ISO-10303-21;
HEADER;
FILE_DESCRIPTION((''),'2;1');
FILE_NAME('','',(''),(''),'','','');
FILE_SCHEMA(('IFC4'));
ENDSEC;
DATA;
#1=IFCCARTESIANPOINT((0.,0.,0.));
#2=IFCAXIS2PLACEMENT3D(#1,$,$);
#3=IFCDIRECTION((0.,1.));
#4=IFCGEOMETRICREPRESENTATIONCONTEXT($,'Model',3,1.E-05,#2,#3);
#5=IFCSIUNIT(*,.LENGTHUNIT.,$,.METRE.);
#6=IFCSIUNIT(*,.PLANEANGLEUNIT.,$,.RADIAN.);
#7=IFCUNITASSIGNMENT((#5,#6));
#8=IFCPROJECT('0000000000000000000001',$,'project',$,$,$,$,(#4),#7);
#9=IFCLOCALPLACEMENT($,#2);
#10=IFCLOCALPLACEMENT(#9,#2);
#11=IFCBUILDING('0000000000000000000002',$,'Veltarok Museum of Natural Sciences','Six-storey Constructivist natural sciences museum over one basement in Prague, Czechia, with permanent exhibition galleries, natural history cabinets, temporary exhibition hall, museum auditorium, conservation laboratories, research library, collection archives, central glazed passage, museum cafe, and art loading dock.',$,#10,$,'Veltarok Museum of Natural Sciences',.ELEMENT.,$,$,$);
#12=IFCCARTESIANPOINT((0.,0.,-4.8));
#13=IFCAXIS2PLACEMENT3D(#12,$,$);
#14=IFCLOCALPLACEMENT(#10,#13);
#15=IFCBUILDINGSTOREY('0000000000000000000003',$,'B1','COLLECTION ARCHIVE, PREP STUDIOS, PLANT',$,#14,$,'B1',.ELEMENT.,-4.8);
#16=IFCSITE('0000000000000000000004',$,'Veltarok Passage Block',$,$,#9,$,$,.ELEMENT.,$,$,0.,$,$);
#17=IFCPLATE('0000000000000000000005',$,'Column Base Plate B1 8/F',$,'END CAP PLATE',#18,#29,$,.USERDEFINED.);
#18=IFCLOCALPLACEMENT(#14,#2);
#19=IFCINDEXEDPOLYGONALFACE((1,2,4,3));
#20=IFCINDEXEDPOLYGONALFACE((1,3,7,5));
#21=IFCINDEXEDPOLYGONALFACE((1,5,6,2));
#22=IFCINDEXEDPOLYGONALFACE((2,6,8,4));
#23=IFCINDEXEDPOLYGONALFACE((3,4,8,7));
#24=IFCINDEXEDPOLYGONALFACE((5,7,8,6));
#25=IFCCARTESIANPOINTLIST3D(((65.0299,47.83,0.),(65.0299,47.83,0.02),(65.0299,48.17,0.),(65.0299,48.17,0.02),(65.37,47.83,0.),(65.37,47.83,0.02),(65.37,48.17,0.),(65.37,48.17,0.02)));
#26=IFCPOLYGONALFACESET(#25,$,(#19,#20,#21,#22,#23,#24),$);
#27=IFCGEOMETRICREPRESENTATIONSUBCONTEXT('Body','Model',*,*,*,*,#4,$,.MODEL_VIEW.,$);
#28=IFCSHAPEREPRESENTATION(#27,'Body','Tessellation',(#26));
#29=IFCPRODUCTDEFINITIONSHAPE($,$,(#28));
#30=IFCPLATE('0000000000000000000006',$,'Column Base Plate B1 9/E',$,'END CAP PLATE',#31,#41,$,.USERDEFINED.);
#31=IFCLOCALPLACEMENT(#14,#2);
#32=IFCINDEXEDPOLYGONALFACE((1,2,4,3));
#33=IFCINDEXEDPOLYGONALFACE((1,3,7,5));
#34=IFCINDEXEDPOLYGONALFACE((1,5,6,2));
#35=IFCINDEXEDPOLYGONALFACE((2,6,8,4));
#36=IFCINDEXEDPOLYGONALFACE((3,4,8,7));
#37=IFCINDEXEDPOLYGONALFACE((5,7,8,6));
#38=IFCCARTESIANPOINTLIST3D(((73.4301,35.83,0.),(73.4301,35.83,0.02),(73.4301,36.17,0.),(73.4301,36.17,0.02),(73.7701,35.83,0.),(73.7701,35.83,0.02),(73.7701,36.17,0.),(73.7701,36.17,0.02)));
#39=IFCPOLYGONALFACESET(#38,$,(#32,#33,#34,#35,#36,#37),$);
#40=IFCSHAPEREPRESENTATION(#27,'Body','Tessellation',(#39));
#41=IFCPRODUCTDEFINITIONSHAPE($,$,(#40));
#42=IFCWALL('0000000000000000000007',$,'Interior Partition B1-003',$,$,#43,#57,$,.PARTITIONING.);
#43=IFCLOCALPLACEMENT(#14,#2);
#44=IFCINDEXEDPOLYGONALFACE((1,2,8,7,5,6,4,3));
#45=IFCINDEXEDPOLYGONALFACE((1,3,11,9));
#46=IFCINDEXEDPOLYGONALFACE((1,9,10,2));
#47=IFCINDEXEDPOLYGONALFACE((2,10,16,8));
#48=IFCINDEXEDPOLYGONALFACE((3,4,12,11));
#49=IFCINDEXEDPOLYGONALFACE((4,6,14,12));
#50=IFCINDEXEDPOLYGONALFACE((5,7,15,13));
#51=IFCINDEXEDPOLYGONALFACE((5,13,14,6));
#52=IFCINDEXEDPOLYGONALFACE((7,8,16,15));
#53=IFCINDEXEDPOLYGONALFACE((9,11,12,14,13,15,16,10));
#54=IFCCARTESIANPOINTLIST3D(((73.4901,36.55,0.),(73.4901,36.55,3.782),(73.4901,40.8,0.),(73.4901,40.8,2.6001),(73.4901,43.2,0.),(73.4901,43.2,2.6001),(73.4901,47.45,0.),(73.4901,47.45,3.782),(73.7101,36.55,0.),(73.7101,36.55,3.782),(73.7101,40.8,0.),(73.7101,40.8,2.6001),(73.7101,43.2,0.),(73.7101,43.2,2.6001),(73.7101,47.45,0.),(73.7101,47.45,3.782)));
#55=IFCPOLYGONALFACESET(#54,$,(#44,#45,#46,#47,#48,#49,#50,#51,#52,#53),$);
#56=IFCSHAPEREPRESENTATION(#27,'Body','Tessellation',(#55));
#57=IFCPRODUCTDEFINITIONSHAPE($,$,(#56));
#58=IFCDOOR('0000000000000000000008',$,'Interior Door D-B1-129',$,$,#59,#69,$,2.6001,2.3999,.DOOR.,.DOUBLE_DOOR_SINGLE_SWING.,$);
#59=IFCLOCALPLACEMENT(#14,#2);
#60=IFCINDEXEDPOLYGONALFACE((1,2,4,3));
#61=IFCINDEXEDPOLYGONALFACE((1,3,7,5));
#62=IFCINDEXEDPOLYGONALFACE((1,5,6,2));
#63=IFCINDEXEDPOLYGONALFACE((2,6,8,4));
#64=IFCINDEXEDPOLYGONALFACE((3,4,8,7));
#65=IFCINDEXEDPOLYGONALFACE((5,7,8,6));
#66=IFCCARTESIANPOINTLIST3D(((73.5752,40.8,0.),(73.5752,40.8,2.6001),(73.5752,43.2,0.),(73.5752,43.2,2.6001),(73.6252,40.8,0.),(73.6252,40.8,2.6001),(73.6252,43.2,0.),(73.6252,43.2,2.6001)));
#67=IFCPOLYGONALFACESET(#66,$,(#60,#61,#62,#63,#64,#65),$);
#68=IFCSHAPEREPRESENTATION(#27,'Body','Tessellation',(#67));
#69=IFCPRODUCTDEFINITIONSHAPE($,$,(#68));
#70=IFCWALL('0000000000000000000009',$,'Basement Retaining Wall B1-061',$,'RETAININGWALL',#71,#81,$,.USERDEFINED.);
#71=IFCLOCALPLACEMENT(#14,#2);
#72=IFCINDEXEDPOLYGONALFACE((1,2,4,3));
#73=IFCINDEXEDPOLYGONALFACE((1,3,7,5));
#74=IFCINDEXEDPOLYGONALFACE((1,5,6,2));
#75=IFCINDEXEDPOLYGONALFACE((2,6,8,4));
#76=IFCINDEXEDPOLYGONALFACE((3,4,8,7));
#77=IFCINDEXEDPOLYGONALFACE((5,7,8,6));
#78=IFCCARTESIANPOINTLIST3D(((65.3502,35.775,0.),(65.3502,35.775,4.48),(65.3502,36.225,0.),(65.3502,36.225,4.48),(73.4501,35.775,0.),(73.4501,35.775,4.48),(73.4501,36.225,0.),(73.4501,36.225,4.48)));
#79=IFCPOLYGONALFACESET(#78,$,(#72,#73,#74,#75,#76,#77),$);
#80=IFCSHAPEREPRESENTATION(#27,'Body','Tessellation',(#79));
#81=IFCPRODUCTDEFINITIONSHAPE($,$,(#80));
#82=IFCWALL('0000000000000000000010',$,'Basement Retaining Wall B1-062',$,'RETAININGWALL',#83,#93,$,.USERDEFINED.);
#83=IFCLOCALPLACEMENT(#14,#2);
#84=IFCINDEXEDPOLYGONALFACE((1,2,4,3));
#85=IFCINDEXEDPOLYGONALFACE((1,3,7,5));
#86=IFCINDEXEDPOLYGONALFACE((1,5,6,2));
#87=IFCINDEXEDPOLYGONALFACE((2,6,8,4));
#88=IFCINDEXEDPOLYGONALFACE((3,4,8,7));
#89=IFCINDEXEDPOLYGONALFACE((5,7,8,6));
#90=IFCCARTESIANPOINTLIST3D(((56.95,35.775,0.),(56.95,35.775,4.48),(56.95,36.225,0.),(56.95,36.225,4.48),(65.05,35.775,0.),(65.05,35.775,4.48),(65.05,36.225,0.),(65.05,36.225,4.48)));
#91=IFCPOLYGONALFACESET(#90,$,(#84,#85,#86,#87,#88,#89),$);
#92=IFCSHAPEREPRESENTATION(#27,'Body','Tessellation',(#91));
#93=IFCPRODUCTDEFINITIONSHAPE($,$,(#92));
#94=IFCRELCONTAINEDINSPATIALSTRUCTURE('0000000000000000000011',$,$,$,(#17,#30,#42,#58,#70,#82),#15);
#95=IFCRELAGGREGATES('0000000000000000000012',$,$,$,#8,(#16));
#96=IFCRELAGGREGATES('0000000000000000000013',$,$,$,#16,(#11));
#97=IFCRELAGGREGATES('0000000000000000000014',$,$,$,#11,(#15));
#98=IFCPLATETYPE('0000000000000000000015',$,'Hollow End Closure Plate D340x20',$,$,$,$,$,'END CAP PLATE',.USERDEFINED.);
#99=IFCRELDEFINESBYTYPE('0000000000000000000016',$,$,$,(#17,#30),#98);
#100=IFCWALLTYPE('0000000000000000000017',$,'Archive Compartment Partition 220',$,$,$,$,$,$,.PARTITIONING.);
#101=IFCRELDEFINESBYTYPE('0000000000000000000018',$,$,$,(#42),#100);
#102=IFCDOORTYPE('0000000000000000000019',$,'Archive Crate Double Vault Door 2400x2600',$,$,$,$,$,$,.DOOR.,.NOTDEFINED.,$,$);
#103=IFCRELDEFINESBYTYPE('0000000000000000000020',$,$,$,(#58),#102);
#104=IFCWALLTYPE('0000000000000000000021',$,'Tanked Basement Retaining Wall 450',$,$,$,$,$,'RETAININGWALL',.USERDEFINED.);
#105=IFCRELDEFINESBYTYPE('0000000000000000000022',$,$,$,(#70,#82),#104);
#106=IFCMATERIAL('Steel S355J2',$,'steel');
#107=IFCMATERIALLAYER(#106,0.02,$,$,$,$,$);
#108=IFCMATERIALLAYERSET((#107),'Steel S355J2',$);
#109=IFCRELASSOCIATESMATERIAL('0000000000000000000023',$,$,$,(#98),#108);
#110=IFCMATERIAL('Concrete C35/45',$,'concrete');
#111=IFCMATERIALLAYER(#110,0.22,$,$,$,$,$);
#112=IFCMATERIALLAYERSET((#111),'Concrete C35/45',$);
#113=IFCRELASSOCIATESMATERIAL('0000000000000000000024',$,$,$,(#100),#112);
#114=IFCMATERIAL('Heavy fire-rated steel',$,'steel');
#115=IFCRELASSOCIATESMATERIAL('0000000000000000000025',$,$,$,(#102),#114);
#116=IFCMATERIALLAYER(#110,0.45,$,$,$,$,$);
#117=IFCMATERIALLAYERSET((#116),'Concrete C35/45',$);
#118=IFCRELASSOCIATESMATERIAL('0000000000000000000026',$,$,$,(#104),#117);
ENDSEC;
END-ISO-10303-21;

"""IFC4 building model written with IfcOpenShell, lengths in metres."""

from ifc_helpers import new_model, si_unit, direction, frame, frame_2d, origin, origin_2d, place, context, subcontext, project, spatial, rectangle, extrude, material, layer, layer_set, type_object, element, fill, save


model = new_model("IFC4")

# Units and contexts
model_context = context("Model", 3, precision=1e-05, world=origin(), true_north=direction((0.0, 1.0)))
body_context = subcontext(model_context, "Body", "Model", "MODEL_VIEW")
ifc_project = project(units=[si_unit("LENGTHUNIT", "METRE"), si_unit("PLANEANGLEUNIT", "RADIAN")], contexts=[model_context])

# Site, building, storey
site_placement = place(None, origin())
site = spatial("IfcSite", under=ifc_project, at=site_placement, Name="Veltarok Passage Block", CompositionType="ELEMENT", RefElevation=0.0)
building_placement = place(site_placement, origin())
building = spatial("IfcBuilding", under=site, at=building_placement, Name="Veltarok Museum of Natural Sciences", Description="Six-storey Constructivist natural sciences museum over one basement in Prague, Czechia, with permanent exhibition galleries, natural history cabinets, temporary exhibition hall, museum auditorium, conservation laboratories, research library, collection archives, central glazed passage, museum cafe, and art loading dock.", LongName="Veltarok Museum of Natural Sciences", CompositionType="ELEMENT")
storey_placement = place(building_placement, frame((0.0, 0.0, -4.8)))
storey = spatial("IfcBuildingStorey", under=building, at=storey_placement, Name="B1", Description="COLLECTION ARCHIVE, PREP STUDIOS, PLANT", LongName="B1", CompositionType="ELEMENT", Elevation=-4.8)

# Shared definitions
ifc_material_1 = material(Name="Concrete C35/45", Category="concrete")

# Shared definitions
ifc_material_2 = material(Name="Steel S355J2", Category="steel")

# Plates
ifc_layer_1 = layer(ifc_material_2, 0.02)
ifc_layer_set_1 = layer_set([ifc_layer_1], Name="Steel S355J2")
plate_type = type_object("IfcPlateType", Name="Hollow End Closure Plate D340x20", ElementType="END CAP PLATE", PredefinedType="USERDEFINED", material=ifc_layer_set_1)
for number, where, z_axis, x_axis, name in (
    (1, (65.2, 48.0, 0.0), (0.0, 0.0, 1.0), (1.0, 0.0, 0.0), "Column Base Plate B1 8/F"),
    (2, (73.6001, 36.0, 0.0), (0.0, 0.0, 1.0), (1.0, 0.0, 0.0), "Column Base Plate B1 9/E"),
):
    element("IfcPlate", number, at=place(storey_placement, frame(where, z_axis=z_axis, x_axis=x_axis)), inside=storey, type_object=plate_type, Name=name, ObjectType="END CAP PLATE", PredefinedType="USERDEFINED", context=body_context, shape_type="SweptSolid", body=[
        extrude(rectangle(XDim=0.3401, YDim=0.3401, at=origin_2d()), origin(), (0.0, 0.0, 1.0), 0.02),
    ])

# Wall, opening, door
ifc_layer_2 = layer(ifc_material_1, 0.22)
ifc_layer_set_2 = layer_set([ifc_layer_2], Name="Concrete C35/45")
wall_type_1 = type_object("IfcWallType", Name="Archive Compartment Partition 220", PredefinedType="PARTITIONING", material=ifc_layer_set_2)
wall_1_placement = place(storey_placement, frame((73.6001, 36.55, 0.0), z_axis=(0.0, 0.0, 1.0), x_axis=(0.0, 1.0, 0.0)))
wall_1 = element("IfcWall", 3, at=wall_1_placement, inside=storey, type_object=wall_type_1, Name="Interior Partition B1-003", PredefinedType="PARTITIONING", context=body_context, shape_type="SweptSolid", body=[
    extrude(rectangle(XDim=10.8999, YDim=0.22, at=frame_2d((5.45, 0.0))), origin(), (0.0, 0.0, 1.0), 3.782),
])
opening_placement = place(wall_1_placement, frame((4.25, 0.0, 0.0)))
opening = element("IfcOpeningElement", 4, at=opening_placement, cuts=wall_1, PredefinedType="OPENING", context=body_context, shape_type="SweptSolid", body=[
    extrude(rectangle(XDim=2.3999, YDim=2.6001, at=frame_2d((1.2, 1.3))), frame((0.0, 0.1201, 0.0), z_axis=(0.0, -1.0, 0.0), x_axis=(1.0, 0.0, 0.0)), (0.0, 0.0, 1.0), 0.24),
])
ifc_material_3 = material(Name="Heavy fire-rated steel", Category="steel")
door_type = type_object("IfcDoorType", Name="Archive Crate Double Vault Door 2400x2600", OperationType="NOTDEFINED", PredefinedType="DOOR", material=ifc_material_3)
door_placement = place(opening_placement, origin())
door = element("IfcDoor", 5, at=door_placement, inside=storey, type_object=door_type, Name="Interior Door D-B1-129", OperationType="DOUBLE_DOOR_SINGLE_SWING", OverallHeight=2.6001, OverallWidth=2.3999, PredefinedType="DOOR", context=body_context, shape_type="SweptSolid", body=[
    extrude(rectangle(XDim=2.3999, YDim=2.6001, at=frame_2d((1.2, 1.3))), frame((0.0, 0.0249, 0.0), z_axis=(0.0, -1.0, 0.0), x_axis=(1.0, 0.0, 0.0)), (0.0, 0.0, 1.0), 0.05),
])
fill(opening, door)

# Walls
ifc_layer_3 = layer(ifc_material_1, 0.45)
ifc_layer_set_3 = layer_set([ifc_layer_3], Name="Concrete C35/45")
wall_type_2 = type_object("IfcWallType", Name="Tanked Basement Retaining Wall 450", ElementType="RETAININGWALL", PredefinedType="USERDEFINED", material=ifc_layer_set_3)
wall_2_placement = place(storey_placement, frame((73.45, 36.0, 0.0), z_axis=(0.0, 0.0, 1.0), x_axis=(-1.0, 0.0, 0.0)))
element("IfcWall", 6, at=wall_2_placement, inside=storey, type_object=wall_type_2, Name="Basement Retaining Wall B1-061", ObjectType="RETAININGWALL", PredefinedType="USERDEFINED", context=body_context, shape_type="SweptSolid", body=[
    extrude(rectangle(XDim=8.0999, YDim=0.45, at=frame_2d((4.0498, 0.0))), origin(), (0.0, 0.0, 1.0), 4.48),
])
wall_3_placement = place(storey_placement, frame((65.05, 36.0, 0.0), z_axis=(0.0, 0.0, 1.0), x_axis=(-1.0, 0.0, 0.0)))
element("IfcWall", 7, at=wall_3_placement, inside=storey, type_object=wall_type_2, Name="Basement Retaining Wall B1-062", ObjectType="RETAININGWALL", PredefinedType="USERDEFINED", context=body_context, shape_type="SweptSolid", body=[
    extrude(rectangle(XDim=8.1001, YDim=0.45, at=frame_2d((4.05, 0.0))), origin(), (0.0, 0.0, 1.0), 4.48),
])

save(model, "model.ifc")
